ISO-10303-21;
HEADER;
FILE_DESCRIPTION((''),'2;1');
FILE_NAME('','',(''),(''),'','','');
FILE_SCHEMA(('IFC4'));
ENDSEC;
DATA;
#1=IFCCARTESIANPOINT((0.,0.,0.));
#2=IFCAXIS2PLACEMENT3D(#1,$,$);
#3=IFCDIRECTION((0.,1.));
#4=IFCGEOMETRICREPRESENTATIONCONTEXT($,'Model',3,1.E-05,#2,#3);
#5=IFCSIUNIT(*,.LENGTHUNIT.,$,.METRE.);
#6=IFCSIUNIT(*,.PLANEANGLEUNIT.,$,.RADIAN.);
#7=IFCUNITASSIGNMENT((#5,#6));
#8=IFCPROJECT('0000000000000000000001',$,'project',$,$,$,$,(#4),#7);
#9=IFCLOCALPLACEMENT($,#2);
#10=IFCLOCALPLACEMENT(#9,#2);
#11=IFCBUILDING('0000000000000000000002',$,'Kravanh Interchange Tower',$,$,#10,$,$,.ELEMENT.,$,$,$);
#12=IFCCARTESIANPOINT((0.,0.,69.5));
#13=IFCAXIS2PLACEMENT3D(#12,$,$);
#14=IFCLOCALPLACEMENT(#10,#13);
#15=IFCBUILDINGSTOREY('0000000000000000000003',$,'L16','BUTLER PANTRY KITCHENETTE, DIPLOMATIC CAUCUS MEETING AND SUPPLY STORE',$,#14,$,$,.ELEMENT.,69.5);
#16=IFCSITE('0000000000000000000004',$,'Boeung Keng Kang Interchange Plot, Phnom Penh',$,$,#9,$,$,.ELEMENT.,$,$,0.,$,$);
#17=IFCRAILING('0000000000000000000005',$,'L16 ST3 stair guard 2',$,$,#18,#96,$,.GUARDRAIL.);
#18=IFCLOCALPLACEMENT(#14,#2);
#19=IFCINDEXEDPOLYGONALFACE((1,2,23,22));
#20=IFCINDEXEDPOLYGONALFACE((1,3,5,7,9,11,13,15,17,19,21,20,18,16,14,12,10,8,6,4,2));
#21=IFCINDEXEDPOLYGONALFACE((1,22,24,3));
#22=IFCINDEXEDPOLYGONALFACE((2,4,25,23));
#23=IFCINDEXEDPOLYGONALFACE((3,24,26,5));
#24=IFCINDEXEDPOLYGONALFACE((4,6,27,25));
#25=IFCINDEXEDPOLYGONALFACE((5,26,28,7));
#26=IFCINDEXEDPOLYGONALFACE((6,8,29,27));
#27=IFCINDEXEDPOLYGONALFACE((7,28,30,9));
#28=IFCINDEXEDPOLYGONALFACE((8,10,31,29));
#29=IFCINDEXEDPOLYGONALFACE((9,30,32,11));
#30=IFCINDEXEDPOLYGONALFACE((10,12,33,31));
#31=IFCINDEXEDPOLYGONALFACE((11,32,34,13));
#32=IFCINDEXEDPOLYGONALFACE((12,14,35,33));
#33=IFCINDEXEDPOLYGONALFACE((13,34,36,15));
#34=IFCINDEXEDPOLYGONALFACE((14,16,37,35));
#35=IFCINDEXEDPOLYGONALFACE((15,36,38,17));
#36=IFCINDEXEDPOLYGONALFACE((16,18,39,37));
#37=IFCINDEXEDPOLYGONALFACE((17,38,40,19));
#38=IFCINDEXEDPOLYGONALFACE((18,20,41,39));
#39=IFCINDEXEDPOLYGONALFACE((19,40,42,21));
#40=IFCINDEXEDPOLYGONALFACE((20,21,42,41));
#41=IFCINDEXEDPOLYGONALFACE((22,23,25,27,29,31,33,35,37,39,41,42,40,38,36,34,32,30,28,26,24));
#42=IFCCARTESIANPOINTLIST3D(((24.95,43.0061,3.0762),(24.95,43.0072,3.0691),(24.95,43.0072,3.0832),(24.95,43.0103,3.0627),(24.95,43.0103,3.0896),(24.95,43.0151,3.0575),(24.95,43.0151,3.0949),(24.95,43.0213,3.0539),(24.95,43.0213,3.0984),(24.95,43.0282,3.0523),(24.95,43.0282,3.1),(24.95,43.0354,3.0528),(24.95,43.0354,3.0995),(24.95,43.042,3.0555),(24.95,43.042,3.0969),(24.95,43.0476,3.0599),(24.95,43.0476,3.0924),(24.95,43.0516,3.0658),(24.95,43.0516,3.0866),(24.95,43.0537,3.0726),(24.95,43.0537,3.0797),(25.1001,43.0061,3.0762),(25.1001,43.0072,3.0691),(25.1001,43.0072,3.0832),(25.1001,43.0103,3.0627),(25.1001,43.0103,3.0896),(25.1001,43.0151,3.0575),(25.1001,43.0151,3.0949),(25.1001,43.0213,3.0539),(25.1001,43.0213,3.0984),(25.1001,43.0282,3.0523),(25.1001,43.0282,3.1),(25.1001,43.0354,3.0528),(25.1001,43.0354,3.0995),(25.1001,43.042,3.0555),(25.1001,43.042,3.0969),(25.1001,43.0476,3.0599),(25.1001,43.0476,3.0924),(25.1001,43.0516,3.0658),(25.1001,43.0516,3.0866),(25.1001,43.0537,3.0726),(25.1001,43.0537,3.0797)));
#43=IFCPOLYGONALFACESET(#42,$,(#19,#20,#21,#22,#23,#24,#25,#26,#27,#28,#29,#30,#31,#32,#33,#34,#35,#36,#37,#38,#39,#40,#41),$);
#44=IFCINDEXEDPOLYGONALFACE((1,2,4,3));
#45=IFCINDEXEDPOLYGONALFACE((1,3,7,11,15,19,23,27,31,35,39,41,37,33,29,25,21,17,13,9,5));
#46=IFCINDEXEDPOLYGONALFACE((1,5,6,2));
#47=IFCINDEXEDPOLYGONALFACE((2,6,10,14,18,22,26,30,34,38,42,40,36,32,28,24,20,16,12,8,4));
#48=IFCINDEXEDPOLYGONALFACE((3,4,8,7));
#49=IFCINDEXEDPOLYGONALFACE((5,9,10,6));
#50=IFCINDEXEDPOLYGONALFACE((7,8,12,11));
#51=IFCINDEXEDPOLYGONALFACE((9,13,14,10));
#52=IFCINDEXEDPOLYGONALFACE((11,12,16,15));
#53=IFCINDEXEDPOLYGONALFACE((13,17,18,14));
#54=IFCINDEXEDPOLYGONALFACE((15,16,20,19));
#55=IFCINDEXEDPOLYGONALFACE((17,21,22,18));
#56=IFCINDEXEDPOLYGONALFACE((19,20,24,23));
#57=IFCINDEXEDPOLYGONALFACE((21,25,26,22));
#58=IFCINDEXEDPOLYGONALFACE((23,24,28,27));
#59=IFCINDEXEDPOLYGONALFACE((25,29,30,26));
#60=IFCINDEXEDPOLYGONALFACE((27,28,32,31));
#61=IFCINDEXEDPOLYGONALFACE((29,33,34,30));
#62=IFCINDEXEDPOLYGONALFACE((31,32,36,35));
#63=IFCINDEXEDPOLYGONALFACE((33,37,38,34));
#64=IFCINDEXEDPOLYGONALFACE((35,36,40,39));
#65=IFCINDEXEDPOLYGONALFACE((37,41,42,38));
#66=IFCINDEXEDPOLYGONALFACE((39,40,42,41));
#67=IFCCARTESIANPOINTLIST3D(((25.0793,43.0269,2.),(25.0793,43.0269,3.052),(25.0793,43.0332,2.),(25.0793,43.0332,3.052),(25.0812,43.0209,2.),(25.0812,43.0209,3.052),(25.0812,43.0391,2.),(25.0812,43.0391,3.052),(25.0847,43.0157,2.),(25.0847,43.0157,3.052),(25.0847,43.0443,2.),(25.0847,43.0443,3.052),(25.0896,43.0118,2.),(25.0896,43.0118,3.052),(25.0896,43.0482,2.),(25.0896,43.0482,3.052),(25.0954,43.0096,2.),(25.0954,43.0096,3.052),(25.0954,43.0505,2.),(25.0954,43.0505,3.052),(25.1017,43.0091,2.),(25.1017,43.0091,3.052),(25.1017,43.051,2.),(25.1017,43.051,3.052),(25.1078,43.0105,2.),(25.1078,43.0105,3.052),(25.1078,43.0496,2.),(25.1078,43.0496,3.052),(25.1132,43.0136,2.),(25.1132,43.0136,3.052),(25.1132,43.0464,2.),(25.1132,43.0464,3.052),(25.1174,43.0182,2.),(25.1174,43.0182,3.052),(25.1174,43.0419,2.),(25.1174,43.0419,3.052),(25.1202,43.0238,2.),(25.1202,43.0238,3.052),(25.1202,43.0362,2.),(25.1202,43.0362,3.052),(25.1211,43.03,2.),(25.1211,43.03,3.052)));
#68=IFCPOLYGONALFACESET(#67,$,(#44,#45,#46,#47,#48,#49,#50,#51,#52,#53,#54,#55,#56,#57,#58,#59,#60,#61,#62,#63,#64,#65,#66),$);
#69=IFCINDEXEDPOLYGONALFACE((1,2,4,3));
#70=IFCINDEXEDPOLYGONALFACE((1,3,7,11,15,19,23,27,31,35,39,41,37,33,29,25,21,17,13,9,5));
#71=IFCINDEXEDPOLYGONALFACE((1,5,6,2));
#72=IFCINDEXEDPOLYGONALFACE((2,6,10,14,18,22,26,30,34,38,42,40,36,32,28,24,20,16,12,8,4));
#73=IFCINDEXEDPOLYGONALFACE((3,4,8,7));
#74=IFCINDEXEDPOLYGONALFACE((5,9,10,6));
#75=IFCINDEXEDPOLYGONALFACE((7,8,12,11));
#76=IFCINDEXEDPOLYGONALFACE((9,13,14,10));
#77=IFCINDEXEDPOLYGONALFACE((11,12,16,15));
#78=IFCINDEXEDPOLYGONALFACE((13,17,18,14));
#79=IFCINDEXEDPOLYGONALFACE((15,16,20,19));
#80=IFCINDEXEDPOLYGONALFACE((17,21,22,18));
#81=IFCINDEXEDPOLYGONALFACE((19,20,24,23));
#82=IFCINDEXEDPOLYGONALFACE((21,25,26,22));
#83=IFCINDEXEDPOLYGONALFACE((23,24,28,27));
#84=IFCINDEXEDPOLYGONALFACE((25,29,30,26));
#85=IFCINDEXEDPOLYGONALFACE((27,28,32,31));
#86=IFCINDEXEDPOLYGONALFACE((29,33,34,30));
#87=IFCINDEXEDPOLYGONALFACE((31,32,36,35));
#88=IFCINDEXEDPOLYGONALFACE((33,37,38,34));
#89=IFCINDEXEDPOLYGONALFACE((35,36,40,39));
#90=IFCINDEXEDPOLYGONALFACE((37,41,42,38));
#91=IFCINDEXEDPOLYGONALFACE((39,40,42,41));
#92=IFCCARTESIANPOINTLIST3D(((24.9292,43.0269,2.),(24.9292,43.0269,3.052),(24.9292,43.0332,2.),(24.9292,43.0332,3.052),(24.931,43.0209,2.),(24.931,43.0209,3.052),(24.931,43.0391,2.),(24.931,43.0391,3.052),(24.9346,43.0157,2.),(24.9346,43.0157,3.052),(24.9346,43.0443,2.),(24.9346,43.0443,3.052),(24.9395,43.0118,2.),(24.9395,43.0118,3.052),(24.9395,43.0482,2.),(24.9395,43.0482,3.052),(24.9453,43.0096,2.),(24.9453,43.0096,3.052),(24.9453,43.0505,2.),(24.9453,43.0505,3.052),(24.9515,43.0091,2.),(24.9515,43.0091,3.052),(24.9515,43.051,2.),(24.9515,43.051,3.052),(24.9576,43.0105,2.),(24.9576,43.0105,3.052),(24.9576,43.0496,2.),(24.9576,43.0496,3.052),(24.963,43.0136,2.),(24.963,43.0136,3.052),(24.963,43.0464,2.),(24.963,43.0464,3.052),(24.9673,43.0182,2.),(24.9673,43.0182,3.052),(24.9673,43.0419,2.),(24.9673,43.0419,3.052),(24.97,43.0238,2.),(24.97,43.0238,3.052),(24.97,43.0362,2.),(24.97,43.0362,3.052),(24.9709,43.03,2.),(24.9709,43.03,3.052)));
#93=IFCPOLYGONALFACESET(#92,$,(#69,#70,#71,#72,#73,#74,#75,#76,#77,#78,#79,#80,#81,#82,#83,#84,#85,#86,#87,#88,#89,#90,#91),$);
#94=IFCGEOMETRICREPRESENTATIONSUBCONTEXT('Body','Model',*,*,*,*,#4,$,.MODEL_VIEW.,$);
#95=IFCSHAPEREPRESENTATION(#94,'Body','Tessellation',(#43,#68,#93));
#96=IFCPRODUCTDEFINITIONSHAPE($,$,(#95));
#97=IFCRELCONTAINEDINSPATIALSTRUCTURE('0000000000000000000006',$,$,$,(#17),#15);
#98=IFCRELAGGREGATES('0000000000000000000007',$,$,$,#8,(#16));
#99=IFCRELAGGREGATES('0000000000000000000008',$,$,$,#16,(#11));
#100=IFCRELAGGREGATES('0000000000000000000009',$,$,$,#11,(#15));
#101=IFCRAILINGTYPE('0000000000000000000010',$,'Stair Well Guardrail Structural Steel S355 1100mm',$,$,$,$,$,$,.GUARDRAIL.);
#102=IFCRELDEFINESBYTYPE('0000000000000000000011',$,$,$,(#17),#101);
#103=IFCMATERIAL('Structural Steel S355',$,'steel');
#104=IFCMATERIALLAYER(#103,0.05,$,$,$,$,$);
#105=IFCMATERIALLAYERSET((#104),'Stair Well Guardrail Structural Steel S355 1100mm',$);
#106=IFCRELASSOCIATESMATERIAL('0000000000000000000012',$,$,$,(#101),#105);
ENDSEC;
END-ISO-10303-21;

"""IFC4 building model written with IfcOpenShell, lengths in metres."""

from ifc_helpers import new_model, si_unit, direction, frame, origin, origin_2d, place, context, subcontext, project, spatial, circle, extrude, material, layer, layer_set, type_object, element, save


model = new_model("IFC4")

# Units and contexts
model_context = context("Model", 3, precision=1e-05, world=origin(), true_north=direction((0.0, 1.0)))
body_context = subcontext(model_context, "Body", "Model", "MODEL_VIEW")
ifc_project = project(units=[si_unit("LENGTHUNIT", "METRE"), si_unit("PLANEANGLEUNIT", "RADIAN")], contexts=[model_context])

# Site, building, storey
site_placement = place(None, origin())
site = spatial("IfcSite", under=ifc_project, at=site_placement, Name="Boeung Keng Kang Interchange Plot, Phnom Penh", CompositionType="ELEMENT", RefElevation=0.0)
building_placement = place(site_placement, origin())
building = spatial("IfcBuilding", under=site, at=building_placement, Name="Kravanh Interchange Tower", CompositionType="ELEMENT")
storey_placement = place(building_placement, frame((0.0, 0.0, 69.5)))
storey = spatial("IfcBuildingStorey", under=building, at=storey_placement, Name="L16", Description="BUTLER PANTRY KITCHENETTE, DIPLOMATIC CAUCUS MEETING AND SUPPLY STORE", CompositionType="ELEMENT", Elevation=69.5)

# Railing
ifc_material_1 = material(Name="Structural Steel S355", Category="steel")
ifc_layer_1 = layer(ifc_material_1, 0.05)
ifc_layer_set_1 = layer_set([ifc_layer_1], Name="Stair Well Guardrail Structural Steel S355 1100mm")
railing_type_1 = type_object("IfcRailingType", Name="Stair Well Guardrail Structural Steel S355 1100mm", PredefinedType="GUARDRAIL", material=ifc_layer_set_1)
railing_1_placement = place(storey_placement, frame((25.1001, 43.03, 2.0)))
element("IfcRailing", 1, at=railing_1_placement, inside=storey, type_object=railing_type_1, Name="L16 ST3 stair guard 2", PredefinedType="GUARDRAIL", context=body_context, shape_type="SweptSolid", body=[
    extrude(circle(Radius=0.0239, at=origin_2d()), frame((0.0, 0.0, 1.0762), z_axis=(-1.0, 0.0, 0.0), x_axis=(0.0, -1.0, 0.0)), (0.0, 0.0, 1.0), 0.1501),
    extrude(circle(Radius=0.021, at=origin_2d()), origin(), (0.0, 0.0, 1.0), 1.052),
    extrude(circle(Radius=0.021, at=origin_2d()), frame((-0.1501, 0.0, 0.0)), (0.0, 0.0, 1.0), 1.052),
])

save(model, "model.ifc")
